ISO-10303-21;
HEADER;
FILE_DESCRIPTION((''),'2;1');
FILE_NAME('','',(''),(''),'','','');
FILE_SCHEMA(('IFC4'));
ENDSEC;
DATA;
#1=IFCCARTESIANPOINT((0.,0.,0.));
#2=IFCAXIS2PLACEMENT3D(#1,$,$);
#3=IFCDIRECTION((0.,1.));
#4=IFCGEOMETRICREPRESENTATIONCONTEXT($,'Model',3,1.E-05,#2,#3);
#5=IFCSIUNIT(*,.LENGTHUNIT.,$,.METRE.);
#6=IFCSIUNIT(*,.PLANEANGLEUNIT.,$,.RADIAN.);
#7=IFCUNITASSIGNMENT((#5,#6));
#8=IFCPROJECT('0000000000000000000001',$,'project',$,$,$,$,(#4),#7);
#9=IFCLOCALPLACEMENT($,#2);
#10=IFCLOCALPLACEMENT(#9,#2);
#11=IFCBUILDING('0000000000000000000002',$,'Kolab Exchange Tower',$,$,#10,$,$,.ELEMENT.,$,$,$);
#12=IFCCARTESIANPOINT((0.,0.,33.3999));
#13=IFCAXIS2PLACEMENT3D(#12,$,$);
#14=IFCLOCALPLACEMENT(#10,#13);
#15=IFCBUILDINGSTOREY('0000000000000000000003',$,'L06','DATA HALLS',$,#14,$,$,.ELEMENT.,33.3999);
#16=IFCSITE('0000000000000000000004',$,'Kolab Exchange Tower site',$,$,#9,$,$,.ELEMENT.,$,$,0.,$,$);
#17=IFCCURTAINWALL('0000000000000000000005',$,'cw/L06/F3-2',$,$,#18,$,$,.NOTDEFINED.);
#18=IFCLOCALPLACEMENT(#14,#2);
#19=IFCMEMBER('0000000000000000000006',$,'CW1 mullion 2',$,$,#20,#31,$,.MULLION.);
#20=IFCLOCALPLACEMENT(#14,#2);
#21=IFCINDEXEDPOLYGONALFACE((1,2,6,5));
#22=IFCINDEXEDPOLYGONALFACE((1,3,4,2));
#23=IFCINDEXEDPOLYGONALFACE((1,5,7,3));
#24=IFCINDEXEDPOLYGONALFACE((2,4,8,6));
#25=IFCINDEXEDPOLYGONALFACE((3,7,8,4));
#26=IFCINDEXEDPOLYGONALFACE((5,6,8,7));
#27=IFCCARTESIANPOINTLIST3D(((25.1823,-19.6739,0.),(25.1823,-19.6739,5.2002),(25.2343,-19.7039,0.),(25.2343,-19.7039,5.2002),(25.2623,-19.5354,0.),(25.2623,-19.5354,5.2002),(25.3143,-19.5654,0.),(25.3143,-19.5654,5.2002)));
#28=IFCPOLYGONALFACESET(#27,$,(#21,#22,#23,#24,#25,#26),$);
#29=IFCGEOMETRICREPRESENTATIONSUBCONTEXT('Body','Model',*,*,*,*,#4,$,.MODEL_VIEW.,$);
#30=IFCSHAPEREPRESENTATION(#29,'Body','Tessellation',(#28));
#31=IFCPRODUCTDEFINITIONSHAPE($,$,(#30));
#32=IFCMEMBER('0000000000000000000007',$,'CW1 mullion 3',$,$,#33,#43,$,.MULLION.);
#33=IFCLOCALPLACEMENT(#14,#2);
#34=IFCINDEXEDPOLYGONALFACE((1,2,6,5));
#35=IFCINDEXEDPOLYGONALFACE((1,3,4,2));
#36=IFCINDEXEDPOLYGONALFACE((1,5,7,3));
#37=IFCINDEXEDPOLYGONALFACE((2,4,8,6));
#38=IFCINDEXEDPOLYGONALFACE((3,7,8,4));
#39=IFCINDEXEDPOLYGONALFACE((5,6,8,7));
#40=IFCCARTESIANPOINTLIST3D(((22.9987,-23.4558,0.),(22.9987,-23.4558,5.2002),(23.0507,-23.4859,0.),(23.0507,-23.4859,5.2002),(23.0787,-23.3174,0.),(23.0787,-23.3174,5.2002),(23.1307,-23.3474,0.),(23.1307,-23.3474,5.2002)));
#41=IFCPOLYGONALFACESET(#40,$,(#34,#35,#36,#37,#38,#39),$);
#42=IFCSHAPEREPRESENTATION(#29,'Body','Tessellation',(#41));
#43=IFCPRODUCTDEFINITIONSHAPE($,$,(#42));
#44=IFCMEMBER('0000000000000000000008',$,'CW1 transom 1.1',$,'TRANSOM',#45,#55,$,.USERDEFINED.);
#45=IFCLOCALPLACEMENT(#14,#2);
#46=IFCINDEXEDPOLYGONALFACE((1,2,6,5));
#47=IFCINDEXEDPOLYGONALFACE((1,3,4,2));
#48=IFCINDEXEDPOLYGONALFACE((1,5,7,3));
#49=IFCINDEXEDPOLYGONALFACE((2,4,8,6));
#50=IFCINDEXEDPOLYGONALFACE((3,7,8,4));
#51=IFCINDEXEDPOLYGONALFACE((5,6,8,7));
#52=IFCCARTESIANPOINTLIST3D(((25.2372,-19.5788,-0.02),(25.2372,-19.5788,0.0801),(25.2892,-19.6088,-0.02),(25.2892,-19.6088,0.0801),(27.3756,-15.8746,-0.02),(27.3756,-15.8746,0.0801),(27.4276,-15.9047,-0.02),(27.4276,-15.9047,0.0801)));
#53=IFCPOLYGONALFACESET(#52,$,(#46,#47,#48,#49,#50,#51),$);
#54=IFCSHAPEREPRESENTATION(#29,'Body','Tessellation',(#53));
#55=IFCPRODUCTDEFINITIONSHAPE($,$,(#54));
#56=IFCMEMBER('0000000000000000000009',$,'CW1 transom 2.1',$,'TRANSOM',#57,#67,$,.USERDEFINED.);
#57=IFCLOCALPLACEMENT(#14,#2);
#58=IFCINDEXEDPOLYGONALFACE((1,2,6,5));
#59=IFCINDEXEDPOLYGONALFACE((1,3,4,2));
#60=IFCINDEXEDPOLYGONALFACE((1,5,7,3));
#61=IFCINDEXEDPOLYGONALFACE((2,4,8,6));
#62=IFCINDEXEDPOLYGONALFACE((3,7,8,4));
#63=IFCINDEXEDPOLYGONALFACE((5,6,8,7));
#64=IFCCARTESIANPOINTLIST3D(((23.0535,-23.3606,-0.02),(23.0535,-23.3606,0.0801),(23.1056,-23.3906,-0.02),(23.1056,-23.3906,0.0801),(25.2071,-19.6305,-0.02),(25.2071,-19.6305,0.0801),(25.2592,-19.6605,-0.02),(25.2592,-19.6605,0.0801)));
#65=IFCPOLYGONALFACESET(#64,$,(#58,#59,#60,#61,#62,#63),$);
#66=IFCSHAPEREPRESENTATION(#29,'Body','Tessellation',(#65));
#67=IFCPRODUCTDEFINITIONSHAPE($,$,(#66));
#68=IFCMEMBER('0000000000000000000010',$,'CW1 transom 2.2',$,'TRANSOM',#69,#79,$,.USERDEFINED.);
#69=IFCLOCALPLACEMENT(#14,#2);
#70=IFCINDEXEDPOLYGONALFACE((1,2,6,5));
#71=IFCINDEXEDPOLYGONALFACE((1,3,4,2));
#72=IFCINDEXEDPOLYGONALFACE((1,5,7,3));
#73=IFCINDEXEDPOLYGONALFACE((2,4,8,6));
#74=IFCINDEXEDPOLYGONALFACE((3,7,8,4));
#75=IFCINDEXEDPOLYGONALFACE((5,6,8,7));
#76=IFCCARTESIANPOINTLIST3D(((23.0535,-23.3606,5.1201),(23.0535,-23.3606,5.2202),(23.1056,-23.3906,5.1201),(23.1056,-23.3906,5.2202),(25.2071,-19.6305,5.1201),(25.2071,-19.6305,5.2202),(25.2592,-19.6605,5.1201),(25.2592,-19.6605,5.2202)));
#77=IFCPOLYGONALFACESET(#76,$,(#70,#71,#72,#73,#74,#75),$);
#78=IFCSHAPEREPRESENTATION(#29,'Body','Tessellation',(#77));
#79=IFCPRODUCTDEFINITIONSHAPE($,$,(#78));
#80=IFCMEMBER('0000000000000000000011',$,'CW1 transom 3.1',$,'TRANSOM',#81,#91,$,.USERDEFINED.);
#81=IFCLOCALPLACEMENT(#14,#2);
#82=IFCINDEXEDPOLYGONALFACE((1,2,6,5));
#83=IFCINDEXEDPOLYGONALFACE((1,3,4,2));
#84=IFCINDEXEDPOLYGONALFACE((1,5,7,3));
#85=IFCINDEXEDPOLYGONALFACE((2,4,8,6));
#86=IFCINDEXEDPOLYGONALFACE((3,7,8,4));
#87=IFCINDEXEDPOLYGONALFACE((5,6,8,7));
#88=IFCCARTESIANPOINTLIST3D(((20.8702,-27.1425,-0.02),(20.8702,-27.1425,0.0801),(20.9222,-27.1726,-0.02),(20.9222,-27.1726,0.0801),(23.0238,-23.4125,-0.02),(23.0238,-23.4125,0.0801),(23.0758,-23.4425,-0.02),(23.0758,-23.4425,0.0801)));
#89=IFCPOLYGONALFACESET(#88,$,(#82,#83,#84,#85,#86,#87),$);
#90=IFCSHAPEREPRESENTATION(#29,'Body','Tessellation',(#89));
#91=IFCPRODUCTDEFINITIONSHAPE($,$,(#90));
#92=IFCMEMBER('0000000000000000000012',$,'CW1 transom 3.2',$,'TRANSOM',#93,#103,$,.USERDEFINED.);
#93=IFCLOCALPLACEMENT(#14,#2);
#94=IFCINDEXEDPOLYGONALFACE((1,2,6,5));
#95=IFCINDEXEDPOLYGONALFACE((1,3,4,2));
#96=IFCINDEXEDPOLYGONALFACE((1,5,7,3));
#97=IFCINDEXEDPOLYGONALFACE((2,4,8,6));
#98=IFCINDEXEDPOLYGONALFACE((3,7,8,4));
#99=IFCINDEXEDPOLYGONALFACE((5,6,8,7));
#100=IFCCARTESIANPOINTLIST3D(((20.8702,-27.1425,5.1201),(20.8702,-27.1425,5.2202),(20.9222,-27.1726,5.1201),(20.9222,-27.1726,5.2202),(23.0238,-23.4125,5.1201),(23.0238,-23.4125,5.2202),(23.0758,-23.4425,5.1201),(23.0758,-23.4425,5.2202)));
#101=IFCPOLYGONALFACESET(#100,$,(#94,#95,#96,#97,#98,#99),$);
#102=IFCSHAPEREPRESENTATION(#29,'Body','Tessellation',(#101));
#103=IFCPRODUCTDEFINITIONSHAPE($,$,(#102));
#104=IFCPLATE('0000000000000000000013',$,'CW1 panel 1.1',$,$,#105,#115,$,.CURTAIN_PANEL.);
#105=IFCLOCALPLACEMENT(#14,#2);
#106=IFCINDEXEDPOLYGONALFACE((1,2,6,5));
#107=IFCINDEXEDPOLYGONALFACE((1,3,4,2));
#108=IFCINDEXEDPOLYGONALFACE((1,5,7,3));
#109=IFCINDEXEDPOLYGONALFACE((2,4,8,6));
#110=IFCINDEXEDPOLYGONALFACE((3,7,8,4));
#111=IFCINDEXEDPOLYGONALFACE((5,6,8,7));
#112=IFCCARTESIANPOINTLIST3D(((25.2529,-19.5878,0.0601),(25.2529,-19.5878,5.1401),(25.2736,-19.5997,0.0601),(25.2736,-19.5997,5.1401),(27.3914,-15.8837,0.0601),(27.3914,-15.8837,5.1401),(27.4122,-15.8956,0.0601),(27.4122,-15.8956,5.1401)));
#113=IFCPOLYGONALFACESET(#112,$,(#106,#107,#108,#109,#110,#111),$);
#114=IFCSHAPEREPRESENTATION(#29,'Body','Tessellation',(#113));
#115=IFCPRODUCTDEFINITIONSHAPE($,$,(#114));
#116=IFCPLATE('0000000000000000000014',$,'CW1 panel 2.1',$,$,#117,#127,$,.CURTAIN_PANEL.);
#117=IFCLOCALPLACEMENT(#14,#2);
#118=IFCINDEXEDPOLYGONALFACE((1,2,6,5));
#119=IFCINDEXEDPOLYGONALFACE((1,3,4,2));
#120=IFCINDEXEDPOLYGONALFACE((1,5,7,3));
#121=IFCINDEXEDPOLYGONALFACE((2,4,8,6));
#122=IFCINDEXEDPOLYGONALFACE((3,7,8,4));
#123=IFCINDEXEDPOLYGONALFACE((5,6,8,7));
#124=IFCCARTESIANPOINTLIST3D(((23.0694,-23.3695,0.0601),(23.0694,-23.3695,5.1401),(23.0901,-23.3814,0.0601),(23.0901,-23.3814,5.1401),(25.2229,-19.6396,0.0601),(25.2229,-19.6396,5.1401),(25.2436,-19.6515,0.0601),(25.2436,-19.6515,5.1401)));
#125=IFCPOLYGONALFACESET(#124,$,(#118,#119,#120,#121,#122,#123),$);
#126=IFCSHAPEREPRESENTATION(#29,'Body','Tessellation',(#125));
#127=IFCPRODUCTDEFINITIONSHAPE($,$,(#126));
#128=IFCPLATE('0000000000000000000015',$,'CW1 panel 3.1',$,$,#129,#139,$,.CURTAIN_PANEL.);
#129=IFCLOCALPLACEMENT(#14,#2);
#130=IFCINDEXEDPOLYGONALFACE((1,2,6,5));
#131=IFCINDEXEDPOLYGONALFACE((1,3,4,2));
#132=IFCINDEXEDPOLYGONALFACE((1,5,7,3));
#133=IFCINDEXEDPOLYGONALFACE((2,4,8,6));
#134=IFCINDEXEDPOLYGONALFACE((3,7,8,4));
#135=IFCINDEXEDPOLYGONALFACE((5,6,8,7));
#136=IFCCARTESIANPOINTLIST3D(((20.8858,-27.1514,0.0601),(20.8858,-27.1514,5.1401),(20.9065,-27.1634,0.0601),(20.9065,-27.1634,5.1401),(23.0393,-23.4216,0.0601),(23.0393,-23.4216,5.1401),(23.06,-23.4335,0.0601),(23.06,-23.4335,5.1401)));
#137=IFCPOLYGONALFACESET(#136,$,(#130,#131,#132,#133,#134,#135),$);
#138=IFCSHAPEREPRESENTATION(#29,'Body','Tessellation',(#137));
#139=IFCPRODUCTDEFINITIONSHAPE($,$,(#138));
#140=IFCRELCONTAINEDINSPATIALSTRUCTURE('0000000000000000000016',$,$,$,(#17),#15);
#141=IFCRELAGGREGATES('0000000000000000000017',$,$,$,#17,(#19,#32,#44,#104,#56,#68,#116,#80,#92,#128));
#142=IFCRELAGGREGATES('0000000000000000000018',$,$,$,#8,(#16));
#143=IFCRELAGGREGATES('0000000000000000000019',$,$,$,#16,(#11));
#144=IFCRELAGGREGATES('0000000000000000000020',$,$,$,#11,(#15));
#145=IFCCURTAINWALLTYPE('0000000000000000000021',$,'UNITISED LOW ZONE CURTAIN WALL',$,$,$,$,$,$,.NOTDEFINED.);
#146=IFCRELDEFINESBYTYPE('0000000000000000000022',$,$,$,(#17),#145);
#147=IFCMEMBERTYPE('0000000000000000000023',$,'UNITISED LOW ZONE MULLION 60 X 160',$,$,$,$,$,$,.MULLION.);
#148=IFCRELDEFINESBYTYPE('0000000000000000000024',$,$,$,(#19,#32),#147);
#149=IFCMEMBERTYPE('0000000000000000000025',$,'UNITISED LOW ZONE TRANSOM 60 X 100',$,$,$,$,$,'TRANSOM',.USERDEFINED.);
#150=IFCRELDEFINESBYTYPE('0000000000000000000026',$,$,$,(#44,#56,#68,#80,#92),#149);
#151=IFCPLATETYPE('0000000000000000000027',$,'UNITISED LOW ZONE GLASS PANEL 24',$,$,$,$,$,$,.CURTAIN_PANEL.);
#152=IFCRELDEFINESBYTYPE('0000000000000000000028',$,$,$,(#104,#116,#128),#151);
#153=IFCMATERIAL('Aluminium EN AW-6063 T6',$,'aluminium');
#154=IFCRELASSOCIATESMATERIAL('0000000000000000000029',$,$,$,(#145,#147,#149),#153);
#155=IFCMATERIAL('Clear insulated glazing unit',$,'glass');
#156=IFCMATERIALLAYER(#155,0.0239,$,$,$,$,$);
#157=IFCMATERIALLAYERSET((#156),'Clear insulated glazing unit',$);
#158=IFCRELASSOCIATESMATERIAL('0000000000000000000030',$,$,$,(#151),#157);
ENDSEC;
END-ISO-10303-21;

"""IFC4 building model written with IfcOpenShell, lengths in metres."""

from ifc_helpers import new_model, si_unit, direction, frame, origin, origin_2d, place, context, subcontext, project, spatial, rectangle, extrude, material, layer, layer_set, material_profile, profile_set, type_object, element, aggregate, save


model = new_model("IFC4")

# Units and contexts
model_context = context("Model", 3, precision=1e-05, world=origin(), true_north=direction((0.0, 1.0)))
body_context = subcontext(model_context, "Body", "Model", "MODEL_VIEW")
ifc_project = project(units=[si_unit("LENGTHUNIT", "METRE"), si_unit("PLANEANGLEUNIT", "RADIAN")], contexts=[model_context])

# Site, building, storey
site_placement = place(None, origin())
site = spatial("IfcSite", under=ifc_project, at=site_placement, Name="Kolab Exchange Tower site", CompositionType="ELEMENT", RefElevation=0.0)
building_placement = place(site_placement, origin())
building = spatial("IfcBuilding", under=site, at=building_placement, Name="Kolab Exchange Tower", CompositionType="ELEMENT")
storey_placement = place(building_placement, frame((0.0, 0.0, 33.3999)))
storey = spatial("IfcBuildingStorey", under=building, at=storey_placement, Name="L06", Description="DATA HALLS", CompositionType="ELEMENT", Elevation=33.3999)

# Curtain wall, members, plates
ifc_material_1 = material(Name="Aluminium EN AW-6063 T6", Category="aluminium")
curtain_wall_type = type_object("IfcCurtainWallType", Name="UNITISED LOW ZONE CURTAIN WALL", PredefinedType="NOTDEFINED", material=ifc_material_1)
curtain_wall_placement = place(storey_placement, origin())
curtain_wall = element("IfcCurtainWall", 1, at=curtain_wall_placement, inside=storey, type_object=curtain_wall_type, Name="cw/L06/F3-2", PredefinedType="NOTDEFINED")
ifc_material_profile_1 = material_profile(ifc_material_1, rectangle(XDim=0.0601, YDim=0.1599, at=origin_2d()), Name="RECT 60X160")
ifc_profile_set_1 = profile_set([ifc_material_profile_1], Name="Aluminium EN AW-6063 T6")
member_type_1 = type_object("IfcMemberType", Name="UNITISED LOW ZONE MULLION 60 X 160", PredefinedType="MULLION", material=ifc_profile_set_1)
member_1_placement = place(storey_placement, frame((25.2483, -19.6196, 0.0), z_axis=(0.0, 0.0, 1.0), x_axis=(0.866025, -0.5, 0.0)))
member_1 = element("IfcMember", 2, at=member_1_placement, type_object=member_type_1, Name="CW1 mullion 2", PredefinedType="MULLION", context=body_context, shape_type="SweptSolid", body=[
    extrude(rectangle(XDim=0.0601, YDim=0.1599, at=origin_2d()), origin(), (0.0, 0.0, 1.0), 5.2002),
])
member_2_placement = place(storey_placement, frame((23.0647, -23.4016, 0.0), z_axis=(0.0, 0.0, 1.0), x_axis=(0.866025, -0.5, 0.0)))
member_2 = element("IfcMember", 3, at=member_2_placement, type_object=member_type_1, Name="CW1 mullion 3", PredefinedType="MULLION", context=body_context, shape_type="SweptSolid", body=[
    extrude(rectangle(XDim=0.0601, YDim=0.1599, at=origin_2d()), origin(), (0.0, 0.0, 1.0), 5.2002),
])
ifc_material_profile_2 = material_profile(ifc_material_1, rectangle(XDim=0.0601, YDim=0.1001, at=origin_2d()), Name="RECT 60X100")
ifc_profile_set_2 = profile_set([ifc_material_profile_2], Name="Aluminium EN AW-6063 T6")
member_type_2 = type_object("IfcMemberType", Name="UNITISED LOW ZONE TRANSOM 60 X 100", ElementType="TRANSOM", PredefinedType="USERDEFINED", material=ifc_profile_set_2)
member_3_placement = place(storey_placement, frame((27.4016, -15.8896, 0.03), z_axis=(-0.499976, -0.866039, 0.0), x_axis=(0.866039, -0.499976, 0.0)))
member_3 = element("IfcMember", 4, at=member_3_placement, type_object=member_type_2, Name="CW1 transom 1.1", ObjectType="TRANSOM", PredefinedType="USERDEFINED", context=body_context, shape_type="SweptSolid", body=[
    extrude(rectangle(XDim=0.0601, YDim=0.1001, at=origin_2d()), origin(), (0.0, 0.0, 1.0), 4.2771),
])
member_4_placement = place(storey_placement, frame((25.2332, -19.6455, 0.03), z_axis=(-0.50001, -0.866019, 0.0), x_axis=(0.866019, -0.50001, 0.0)))
member_4 = element("IfcMember", 5, at=member_4_placement, type_object=member_type_2, Name="CW1 transom 2.1", ObjectType="TRANSOM", PredefinedType="USERDEFINED", context=body_context, shape_type="SweptSolid", body=[
    extrude(rectangle(XDim=0.0601, YDim=0.1001, at=origin_2d()), origin(), (0.0, 0.0, 1.0), 4.3071),
])
member_5_placement = place(storey_placement, frame((25.2332, -19.6455, 5.1702), z_axis=(-0.50001, -0.866019, 0.0), x_axis=(0.866019, -0.50001, 0.0)))
member_5 = element("IfcMember", 6, at=member_5_placement, type_object=member_type_2, Name="CW1 transom 2.2", ObjectType="TRANSOM", PredefinedType="USERDEFINED", context=body_context, shape_type="SweptSolid", body=[
    extrude(rectangle(XDim=0.0601, YDim=0.1001, at=origin_2d()), origin(), (0.0, 0.0, 1.0), 4.3071),
])
member_6_placement = place(storey_placement, frame((23.0498, -23.4275, 0.03), z_axis=(-0.50001, -0.866019, 0.0), x_axis=(0.866019, -0.50001, 0.0)))
member_6 = element("IfcMember", 7, at=member_6_placement, type_object=member_type_2, Name="CW1 transom 3.1", ObjectType="TRANSOM", PredefinedType="USERDEFINED", context=body_context, shape_type="SweptSolid", body=[
    extrude(rectangle(XDim=0.0601, YDim=0.1001, at=origin_2d()), origin(), (0.0, 0.0, 1.0), 4.3071),
])
member_7_placement = place(storey_placement, frame((23.0498, -23.4275, 5.1702), z_axis=(-0.50001, -0.866019, 0.0), x_axis=(0.866019, -0.50001, 0.0)))
member_7 = element("IfcMember", 8, at=member_7_placement, type_object=member_type_2, Name="CW1 transom 3.2", ObjectType="TRANSOM", PredefinedType="USERDEFINED", context=body_context, shape_type="SweptSolid", body=[
    extrude(rectangle(XDim=0.0601, YDim=0.1001, at=origin_2d()), origin(), (0.0, 0.0, 1.0), 4.3071),
])
ifc_material_2 = material(Name="Clear insulated glazing unit", Category="glass")
ifc_layer = layer(ifc_material_2, 0.0239)
ifc_layer_set = layer_set([ifc_layer], Name="Clear insulated glazing unit")
plate_type = type_object("IfcPlateType", Name="UNITISED LOW ZONE GLASS PANEL 24", PredefinedType="CURTAIN_PANEL", material=ifc_layer_set)
plate_1_placement = place(storey_placement, frame((26.3325, -17.7417, 0.0601), z_axis=(0.0, 0.0, 1.0), x_axis=(-0.5, -0.866025, 0.0)))
plate_1 = element("IfcPlate", 9, at=plate_1_placement, type_object=plate_type, Name="CW1 panel 1.1", PredefinedType="CURTAIN_PANEL", context=body_context, shape_type="SweptSolid", body=[
    extrude(rectangle(XDim=4.2771, YDim=0.0239, at=origin_2d()), origin(), (0.0, 0.0, 1.0), 5.0801),
])
plate_2_placement = place(storey_placement, frame((24.1565, -21.5105, 0.0601), z_axis=(0.0, 0.0, 1.0), x_axis=(-0.5, -0.866025, 0.0)))
plate_2 = element("IfcPlate", 10, at=plate_2_placement, type_object=plate_type, Name="CW1 panel 2.1", PredefinedType="CURTAIN_PANEL", context=body_context, shape_type="SweptSolid", body=[
    extrude(rectangle(XDim=4.3069, YDim=0.0239, at=origin_2d()), origin(), (0.0, 0.0, 1.0), 5.0801),
])
plate_3_placement = place(storey_placement, frame((21.9729, -25.2925, 0.0601), z_axis=(0.0, 0.0, 1.0), x_axis=(-0.5, -0.866025, 0.0)))
plate_3 = element("IfcPlate", 11, at=plate_3_placement, type_object=plate_type, Name="CW1 panel 3.1", PredefinedType="CURTAIN_PANEL", context=body_context, shape_type="SweptSolid", body=[
    extrude(rectangle(XDim=4.3069, YDim=0.0239, at=origin_2d()), origin(), (0.0, 0.0, 1.0), 5.0801),
])
aggregate(curtain_wall, [member_1, member_2, member_3, plate_1, member_4, member_5, plate_2, member_6, member_7, plate_3])

save(model, "model.ifc")
